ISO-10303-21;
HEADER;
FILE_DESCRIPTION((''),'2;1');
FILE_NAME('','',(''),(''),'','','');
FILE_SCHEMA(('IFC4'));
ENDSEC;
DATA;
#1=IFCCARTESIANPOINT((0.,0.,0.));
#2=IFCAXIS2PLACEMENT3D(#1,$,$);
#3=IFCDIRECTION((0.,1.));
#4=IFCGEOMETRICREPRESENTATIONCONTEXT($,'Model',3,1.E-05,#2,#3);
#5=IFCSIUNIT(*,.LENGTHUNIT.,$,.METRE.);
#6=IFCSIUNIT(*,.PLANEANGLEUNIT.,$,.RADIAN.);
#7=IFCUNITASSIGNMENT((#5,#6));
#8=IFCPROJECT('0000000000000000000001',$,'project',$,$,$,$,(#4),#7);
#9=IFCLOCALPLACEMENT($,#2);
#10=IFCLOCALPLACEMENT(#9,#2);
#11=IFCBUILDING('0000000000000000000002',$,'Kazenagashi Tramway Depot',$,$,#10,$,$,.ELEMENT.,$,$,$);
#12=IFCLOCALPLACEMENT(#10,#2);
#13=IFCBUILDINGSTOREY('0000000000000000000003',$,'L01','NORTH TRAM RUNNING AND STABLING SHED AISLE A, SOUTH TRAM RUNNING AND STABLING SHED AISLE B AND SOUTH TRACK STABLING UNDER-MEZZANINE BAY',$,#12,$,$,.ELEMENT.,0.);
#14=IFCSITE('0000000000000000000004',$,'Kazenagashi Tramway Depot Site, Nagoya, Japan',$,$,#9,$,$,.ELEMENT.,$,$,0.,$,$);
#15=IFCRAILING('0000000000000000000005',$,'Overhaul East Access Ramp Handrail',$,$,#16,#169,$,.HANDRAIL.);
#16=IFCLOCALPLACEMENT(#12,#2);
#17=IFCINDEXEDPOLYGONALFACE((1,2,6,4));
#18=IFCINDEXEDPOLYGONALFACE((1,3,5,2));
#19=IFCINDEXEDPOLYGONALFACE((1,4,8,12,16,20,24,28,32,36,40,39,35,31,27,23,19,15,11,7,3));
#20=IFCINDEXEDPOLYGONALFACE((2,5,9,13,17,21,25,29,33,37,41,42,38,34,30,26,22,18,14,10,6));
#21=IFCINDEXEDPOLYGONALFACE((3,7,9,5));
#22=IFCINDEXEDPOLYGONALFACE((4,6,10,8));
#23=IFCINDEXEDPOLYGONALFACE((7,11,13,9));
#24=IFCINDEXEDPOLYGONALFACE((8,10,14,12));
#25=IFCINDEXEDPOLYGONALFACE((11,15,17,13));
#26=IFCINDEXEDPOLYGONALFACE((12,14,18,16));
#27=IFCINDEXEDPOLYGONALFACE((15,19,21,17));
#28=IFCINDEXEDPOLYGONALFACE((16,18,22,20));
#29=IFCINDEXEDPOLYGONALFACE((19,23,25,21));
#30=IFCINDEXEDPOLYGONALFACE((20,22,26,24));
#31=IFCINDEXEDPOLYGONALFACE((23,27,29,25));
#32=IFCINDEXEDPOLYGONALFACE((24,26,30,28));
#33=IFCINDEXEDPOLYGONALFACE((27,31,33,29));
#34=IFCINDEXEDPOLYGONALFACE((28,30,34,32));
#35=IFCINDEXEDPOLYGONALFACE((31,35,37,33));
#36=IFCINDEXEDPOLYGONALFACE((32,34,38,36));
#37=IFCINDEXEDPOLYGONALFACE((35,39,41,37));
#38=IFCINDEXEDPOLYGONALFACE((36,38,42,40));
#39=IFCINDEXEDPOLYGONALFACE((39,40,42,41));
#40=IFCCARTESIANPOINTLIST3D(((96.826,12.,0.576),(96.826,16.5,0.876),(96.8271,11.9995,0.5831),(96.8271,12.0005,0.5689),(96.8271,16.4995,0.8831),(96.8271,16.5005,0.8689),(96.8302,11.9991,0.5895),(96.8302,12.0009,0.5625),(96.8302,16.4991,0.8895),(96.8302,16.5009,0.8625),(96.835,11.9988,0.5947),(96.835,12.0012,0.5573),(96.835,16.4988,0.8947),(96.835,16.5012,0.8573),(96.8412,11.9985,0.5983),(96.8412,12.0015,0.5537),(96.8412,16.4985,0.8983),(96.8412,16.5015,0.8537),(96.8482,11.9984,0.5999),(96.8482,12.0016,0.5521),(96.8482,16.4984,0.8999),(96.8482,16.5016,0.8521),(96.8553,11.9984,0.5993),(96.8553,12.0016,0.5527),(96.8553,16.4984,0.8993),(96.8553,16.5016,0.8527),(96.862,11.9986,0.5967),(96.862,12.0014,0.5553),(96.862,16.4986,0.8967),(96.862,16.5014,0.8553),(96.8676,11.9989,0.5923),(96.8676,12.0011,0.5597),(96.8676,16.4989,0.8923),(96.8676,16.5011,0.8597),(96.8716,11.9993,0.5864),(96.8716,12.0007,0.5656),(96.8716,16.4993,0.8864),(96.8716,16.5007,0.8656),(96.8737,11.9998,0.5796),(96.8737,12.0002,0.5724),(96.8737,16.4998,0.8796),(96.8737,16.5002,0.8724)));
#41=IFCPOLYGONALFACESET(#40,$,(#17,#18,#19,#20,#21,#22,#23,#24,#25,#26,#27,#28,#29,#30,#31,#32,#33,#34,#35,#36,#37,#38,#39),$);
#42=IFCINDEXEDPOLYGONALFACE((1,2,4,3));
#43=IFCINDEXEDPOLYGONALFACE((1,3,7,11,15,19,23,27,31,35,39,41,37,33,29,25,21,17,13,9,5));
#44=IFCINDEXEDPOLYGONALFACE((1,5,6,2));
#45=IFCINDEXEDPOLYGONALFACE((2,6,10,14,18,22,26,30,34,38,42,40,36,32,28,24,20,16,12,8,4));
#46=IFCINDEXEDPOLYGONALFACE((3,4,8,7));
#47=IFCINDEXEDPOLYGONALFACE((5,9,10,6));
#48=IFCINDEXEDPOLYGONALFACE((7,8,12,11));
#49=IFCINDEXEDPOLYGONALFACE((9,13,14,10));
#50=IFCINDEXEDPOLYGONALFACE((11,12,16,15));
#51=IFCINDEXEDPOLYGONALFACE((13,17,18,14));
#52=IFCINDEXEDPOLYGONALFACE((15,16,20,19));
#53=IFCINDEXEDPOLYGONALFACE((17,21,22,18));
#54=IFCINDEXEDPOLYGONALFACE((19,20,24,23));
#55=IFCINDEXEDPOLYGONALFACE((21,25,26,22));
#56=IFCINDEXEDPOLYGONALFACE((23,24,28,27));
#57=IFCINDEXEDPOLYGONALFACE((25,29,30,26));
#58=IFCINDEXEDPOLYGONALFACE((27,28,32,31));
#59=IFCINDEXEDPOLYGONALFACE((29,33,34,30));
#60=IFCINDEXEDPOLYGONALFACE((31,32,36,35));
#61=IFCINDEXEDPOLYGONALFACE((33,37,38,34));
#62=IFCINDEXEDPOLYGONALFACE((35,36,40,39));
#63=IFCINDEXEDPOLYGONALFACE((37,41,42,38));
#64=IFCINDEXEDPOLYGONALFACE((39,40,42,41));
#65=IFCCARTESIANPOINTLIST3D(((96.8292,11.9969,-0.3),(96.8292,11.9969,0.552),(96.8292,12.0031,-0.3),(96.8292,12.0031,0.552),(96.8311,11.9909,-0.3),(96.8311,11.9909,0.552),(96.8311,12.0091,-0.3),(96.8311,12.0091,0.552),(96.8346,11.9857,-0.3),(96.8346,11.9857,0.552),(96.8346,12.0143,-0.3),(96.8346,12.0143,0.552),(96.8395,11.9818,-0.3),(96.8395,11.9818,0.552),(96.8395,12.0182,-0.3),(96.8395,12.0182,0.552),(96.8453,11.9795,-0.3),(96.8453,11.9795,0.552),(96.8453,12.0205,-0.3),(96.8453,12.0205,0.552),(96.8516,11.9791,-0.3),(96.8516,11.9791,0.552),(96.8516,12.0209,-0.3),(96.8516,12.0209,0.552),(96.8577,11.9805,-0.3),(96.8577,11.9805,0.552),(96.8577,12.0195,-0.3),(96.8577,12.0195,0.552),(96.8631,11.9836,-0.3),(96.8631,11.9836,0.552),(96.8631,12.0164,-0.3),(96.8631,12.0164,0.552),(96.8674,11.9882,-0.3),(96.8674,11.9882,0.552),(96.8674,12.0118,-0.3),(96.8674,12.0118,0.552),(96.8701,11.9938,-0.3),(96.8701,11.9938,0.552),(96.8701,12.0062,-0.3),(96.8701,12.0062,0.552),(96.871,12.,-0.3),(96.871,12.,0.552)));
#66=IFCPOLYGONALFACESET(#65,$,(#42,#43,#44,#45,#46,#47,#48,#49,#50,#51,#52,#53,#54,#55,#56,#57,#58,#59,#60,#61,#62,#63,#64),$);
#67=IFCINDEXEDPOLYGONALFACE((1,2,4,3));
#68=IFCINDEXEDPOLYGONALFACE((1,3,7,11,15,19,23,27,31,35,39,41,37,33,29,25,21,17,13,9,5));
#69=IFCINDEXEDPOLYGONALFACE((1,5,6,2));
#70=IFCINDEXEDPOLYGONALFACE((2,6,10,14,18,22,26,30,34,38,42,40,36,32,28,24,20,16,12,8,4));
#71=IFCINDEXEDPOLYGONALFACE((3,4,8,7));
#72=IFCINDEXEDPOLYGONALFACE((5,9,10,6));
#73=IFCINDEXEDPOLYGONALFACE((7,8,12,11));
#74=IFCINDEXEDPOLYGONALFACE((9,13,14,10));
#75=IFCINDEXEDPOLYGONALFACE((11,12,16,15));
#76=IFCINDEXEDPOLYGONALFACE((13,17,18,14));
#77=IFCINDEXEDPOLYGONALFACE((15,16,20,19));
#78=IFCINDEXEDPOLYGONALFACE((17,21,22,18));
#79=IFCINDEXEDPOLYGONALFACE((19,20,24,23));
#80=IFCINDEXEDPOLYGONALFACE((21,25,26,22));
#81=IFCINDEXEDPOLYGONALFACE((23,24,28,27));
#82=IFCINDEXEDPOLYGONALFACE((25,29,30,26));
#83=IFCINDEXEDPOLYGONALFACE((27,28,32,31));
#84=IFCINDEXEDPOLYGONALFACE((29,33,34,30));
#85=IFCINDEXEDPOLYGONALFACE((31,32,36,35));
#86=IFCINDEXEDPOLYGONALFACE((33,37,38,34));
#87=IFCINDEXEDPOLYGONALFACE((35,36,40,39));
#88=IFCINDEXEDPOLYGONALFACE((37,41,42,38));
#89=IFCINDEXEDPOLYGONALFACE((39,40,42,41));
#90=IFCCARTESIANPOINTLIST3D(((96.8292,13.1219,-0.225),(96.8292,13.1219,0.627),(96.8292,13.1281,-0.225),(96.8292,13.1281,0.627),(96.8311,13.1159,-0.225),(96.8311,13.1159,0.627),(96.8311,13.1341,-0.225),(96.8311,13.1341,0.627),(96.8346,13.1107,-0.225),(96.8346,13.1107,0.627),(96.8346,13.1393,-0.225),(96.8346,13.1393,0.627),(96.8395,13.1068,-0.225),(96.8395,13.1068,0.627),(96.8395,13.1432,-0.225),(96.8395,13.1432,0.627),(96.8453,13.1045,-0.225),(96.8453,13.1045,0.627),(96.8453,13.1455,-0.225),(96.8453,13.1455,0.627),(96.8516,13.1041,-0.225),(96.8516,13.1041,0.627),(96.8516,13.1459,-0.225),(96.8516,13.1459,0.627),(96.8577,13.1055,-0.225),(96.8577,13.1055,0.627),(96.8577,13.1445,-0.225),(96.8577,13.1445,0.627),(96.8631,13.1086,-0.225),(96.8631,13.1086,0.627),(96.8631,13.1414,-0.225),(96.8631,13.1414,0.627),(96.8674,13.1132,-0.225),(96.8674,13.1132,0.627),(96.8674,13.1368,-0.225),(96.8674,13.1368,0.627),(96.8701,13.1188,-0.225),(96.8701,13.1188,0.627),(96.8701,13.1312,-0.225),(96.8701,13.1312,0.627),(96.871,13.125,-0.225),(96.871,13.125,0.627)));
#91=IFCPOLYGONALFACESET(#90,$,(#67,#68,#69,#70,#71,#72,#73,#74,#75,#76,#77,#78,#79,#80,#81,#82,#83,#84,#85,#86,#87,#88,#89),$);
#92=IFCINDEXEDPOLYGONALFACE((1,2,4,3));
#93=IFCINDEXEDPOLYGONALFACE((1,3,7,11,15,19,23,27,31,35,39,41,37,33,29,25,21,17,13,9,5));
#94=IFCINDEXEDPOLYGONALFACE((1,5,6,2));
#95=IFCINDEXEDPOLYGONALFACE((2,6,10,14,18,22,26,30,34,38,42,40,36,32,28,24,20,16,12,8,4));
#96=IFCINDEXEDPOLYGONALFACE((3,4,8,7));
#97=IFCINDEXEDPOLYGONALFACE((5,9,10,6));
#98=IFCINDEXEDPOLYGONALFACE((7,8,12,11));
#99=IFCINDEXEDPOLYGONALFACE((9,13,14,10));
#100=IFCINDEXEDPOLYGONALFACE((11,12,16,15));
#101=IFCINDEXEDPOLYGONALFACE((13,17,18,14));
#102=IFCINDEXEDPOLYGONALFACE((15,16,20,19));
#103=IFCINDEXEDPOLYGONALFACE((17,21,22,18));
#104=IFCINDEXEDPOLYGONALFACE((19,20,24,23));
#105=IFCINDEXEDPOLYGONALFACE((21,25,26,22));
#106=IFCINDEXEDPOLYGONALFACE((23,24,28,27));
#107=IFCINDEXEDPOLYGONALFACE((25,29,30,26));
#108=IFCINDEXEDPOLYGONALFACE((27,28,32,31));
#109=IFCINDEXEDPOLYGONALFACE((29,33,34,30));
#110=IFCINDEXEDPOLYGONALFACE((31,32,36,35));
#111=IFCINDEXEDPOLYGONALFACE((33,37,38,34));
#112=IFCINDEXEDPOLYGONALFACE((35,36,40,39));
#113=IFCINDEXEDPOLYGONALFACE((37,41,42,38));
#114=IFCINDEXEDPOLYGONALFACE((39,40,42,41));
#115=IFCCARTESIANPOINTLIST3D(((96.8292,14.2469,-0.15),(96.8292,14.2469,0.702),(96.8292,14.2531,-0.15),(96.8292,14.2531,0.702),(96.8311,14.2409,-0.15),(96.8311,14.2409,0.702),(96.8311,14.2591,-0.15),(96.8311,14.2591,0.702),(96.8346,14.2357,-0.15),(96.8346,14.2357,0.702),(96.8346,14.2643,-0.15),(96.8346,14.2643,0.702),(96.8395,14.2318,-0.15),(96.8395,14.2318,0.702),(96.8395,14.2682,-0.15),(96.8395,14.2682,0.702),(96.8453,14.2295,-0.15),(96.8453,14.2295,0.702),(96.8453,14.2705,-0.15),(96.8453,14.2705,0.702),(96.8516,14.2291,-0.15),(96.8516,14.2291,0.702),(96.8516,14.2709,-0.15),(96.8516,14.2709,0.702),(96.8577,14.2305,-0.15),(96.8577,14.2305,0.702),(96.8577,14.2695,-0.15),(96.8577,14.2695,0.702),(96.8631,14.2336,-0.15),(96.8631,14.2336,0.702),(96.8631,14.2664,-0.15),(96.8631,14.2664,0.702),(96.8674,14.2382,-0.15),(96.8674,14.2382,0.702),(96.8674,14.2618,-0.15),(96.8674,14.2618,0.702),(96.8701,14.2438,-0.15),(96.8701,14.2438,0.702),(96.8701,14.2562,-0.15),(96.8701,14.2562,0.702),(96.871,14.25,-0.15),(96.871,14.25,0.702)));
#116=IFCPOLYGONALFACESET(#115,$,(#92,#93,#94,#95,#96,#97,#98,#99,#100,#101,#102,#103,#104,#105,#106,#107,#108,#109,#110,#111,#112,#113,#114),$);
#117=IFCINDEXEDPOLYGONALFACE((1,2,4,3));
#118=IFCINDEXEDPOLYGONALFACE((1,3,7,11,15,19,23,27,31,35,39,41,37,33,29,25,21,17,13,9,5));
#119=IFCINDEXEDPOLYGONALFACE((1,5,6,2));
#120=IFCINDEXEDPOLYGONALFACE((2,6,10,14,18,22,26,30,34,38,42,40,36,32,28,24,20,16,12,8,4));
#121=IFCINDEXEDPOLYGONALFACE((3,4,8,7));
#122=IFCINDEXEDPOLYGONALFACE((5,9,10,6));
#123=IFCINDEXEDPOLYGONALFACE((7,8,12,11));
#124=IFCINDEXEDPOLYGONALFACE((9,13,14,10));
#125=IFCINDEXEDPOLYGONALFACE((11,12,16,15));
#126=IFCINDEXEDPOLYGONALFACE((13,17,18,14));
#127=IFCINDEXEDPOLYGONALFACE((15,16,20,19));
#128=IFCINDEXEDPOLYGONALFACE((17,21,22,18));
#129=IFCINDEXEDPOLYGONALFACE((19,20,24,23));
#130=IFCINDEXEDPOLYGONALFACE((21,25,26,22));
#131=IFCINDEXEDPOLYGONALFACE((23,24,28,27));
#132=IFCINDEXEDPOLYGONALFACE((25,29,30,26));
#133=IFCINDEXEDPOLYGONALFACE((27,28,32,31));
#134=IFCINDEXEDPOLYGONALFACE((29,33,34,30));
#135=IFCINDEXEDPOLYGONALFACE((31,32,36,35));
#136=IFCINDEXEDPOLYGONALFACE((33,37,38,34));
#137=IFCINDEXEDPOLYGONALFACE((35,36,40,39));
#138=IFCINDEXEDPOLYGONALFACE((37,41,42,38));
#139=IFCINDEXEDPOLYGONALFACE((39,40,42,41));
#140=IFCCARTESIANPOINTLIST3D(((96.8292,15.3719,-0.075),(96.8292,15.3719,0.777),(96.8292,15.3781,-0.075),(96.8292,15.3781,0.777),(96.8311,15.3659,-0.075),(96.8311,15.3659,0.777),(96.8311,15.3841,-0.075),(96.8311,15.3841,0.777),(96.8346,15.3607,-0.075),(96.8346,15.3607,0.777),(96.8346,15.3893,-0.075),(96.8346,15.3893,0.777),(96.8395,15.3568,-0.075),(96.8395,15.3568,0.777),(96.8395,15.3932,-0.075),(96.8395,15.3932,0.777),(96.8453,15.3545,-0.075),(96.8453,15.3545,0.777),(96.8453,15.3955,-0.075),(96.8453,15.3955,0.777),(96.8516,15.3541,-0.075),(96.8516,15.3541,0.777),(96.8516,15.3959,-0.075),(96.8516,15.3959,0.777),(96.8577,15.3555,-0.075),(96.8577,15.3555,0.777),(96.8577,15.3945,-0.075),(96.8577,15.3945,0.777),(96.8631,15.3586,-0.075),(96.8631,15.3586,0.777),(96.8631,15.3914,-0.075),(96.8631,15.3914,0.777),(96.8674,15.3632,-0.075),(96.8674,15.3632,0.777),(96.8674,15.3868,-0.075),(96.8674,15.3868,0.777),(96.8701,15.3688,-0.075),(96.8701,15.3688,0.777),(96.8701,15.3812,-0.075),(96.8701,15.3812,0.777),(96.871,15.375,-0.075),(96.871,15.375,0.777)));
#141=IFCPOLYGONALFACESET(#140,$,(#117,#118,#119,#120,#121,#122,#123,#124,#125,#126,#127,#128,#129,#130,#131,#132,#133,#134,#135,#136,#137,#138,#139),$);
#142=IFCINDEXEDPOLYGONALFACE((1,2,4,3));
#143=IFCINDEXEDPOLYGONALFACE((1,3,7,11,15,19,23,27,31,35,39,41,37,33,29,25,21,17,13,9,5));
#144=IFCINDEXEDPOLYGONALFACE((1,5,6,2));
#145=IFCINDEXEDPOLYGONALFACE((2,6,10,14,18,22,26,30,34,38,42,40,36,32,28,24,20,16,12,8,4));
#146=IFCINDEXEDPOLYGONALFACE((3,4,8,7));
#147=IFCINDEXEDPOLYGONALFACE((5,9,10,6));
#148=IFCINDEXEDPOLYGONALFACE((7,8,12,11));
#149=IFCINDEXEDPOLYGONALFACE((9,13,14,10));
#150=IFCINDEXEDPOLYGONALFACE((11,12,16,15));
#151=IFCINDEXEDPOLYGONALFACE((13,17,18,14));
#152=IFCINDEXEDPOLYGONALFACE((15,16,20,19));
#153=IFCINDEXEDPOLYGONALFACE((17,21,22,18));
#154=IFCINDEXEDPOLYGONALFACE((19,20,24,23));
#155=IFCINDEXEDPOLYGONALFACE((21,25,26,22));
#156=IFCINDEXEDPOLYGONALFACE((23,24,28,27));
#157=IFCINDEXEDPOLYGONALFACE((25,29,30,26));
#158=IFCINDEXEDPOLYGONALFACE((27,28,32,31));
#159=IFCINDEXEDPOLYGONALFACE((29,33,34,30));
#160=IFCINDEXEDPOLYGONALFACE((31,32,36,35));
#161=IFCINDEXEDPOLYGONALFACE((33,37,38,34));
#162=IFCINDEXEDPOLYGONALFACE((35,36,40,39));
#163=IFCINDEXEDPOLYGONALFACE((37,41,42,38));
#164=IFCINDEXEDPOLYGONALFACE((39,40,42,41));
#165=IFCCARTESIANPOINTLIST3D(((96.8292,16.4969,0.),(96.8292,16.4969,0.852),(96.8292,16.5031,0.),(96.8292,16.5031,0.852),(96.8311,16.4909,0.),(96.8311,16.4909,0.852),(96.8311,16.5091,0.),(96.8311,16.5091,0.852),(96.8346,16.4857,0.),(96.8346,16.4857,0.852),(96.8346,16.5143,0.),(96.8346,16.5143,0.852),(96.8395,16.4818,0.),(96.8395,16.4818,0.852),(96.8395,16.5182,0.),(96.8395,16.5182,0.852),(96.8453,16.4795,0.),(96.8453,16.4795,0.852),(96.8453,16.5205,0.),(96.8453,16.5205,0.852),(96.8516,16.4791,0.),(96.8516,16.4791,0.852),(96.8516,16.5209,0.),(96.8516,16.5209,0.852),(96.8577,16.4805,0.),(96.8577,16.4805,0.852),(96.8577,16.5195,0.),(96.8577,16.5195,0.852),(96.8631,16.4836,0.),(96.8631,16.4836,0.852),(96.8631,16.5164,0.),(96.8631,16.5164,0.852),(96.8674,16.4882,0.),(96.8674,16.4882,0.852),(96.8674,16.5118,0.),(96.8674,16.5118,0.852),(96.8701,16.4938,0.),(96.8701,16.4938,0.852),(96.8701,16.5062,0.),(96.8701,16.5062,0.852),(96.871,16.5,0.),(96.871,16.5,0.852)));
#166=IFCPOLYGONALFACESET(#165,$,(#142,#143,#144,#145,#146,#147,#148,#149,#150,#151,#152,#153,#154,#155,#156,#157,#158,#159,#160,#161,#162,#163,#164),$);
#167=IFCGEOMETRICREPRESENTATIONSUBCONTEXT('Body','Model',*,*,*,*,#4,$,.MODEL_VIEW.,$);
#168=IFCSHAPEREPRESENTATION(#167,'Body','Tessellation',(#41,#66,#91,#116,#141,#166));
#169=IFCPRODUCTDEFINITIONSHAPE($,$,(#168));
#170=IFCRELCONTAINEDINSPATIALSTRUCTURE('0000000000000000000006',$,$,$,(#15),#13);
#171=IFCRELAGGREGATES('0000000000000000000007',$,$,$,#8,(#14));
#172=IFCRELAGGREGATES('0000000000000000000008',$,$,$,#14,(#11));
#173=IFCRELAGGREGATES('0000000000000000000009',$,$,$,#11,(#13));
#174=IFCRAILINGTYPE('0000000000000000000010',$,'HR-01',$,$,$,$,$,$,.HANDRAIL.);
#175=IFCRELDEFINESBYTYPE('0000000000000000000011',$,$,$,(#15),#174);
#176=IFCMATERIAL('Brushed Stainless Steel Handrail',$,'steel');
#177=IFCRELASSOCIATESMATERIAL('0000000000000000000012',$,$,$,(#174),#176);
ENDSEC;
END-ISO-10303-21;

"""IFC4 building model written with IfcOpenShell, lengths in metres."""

from ifc_helpers import new_model, si_unit, direction, frame, origin, origin_2d, place, context, subcontext, project, spatial, circle, extrude, material, type_object, element, save


model = new_model("IFC4")

# Units and contexts
model_context = context("Model", 3, precision=1e-05, world=origin(), true_north=direction((0.0, 1.0)))
body_context = subcontext(model_context, "Body", "Model", "MODEL_VIEW")
ifc_project = project(units=[si_unit("LENGTHUNIT", "METRE"), si_unit("PLANEANGLEUNIT", "RADIAN")], contexts=[model_context])

# Site, building, storey
site_placement = place(None, origin())
site = spatial("IfcSite", under=ifc_project, at=site_placement, Name="Kazenagashi Tramway Depot Site, Nagoya, Japan", CompositionType="ELEMENT", RefElevation=0.0)
building_placement = place(site_placement, origin())
building = spatial("IfcBuilding", under=site, at=building_placement, Name="Kazenagashi Tramway Depot", CompositionType="ELEMENT")
storey_placement = place(building_placement, origin())
storey = spatial("IfcBuildingStorey", under=building, at=storey_placement, Name="L01", Description="NORTH TRAM RUNNING AND STABLING SHED AISLE A, SOUTH TRAM RUNNING AND STABLING SHED AISLE B AND SOUTH TRACK STABLING UNDER-MEZZANINE BAY", CompositionType="ELEMENT", Elevation=0.0)

# Railing
ifc_material_1 = material(Name="Brushed Stainless Steel Handrail", Category="steel")
railing_type = type_object("IfcRailingType", Name="HR-01", PredefinedType="HANDRAIL", material=ifc_material_1)
railing_placement = place(storey_placement, frame((96.85, 12.0, -0.3)))
element("IfcRailing", 1, at=railing_placement, inside=storey, type_object=railing_type, Name="Overhaul East Access Ramp Handrail", PredefinedType="HANDRAIL", context=body_context, shape_type="SweptSolid", body=[
    extrude(circle(Radius=0.024, at=origin_2d()), frame((0.0, 0.0, 0.876), z_axis=(0.0, 0.997785, 0.066519), x_axis=(-1.0, 0.0, 0.0)), (0.0, 0.0, 1.0), 4.51),
    extrude(circle(Radius=0.021, at=origin_2d()), origin(), (0.0, 0.0, 1.0), 0.852),
    extrude(circle(Radius=0.021, at=origin_2d()), frame((0.0, 1.125, 0.075)), (0.0, 0.0, 1.0), 0.852),
    extrude(circle(Radius=0.021, at=origin_2d()), frame((0.0, 2.25, 0.15)), (0.0, 0.0, 1.0), 0.852),
    extrude(circle(Radius=0.021, at=origin_2d()), frame((0.0, 3.375, 0.225)), (0.0, 0.0, 1.0), 0.852),
    extrude(circle(Radius=0.021, at=origin_2d()), frame((0.0, 4.5, 0.3)), (0.0, 0.0, 1.0), 0.852),
])

save(model, "model.ifc")
